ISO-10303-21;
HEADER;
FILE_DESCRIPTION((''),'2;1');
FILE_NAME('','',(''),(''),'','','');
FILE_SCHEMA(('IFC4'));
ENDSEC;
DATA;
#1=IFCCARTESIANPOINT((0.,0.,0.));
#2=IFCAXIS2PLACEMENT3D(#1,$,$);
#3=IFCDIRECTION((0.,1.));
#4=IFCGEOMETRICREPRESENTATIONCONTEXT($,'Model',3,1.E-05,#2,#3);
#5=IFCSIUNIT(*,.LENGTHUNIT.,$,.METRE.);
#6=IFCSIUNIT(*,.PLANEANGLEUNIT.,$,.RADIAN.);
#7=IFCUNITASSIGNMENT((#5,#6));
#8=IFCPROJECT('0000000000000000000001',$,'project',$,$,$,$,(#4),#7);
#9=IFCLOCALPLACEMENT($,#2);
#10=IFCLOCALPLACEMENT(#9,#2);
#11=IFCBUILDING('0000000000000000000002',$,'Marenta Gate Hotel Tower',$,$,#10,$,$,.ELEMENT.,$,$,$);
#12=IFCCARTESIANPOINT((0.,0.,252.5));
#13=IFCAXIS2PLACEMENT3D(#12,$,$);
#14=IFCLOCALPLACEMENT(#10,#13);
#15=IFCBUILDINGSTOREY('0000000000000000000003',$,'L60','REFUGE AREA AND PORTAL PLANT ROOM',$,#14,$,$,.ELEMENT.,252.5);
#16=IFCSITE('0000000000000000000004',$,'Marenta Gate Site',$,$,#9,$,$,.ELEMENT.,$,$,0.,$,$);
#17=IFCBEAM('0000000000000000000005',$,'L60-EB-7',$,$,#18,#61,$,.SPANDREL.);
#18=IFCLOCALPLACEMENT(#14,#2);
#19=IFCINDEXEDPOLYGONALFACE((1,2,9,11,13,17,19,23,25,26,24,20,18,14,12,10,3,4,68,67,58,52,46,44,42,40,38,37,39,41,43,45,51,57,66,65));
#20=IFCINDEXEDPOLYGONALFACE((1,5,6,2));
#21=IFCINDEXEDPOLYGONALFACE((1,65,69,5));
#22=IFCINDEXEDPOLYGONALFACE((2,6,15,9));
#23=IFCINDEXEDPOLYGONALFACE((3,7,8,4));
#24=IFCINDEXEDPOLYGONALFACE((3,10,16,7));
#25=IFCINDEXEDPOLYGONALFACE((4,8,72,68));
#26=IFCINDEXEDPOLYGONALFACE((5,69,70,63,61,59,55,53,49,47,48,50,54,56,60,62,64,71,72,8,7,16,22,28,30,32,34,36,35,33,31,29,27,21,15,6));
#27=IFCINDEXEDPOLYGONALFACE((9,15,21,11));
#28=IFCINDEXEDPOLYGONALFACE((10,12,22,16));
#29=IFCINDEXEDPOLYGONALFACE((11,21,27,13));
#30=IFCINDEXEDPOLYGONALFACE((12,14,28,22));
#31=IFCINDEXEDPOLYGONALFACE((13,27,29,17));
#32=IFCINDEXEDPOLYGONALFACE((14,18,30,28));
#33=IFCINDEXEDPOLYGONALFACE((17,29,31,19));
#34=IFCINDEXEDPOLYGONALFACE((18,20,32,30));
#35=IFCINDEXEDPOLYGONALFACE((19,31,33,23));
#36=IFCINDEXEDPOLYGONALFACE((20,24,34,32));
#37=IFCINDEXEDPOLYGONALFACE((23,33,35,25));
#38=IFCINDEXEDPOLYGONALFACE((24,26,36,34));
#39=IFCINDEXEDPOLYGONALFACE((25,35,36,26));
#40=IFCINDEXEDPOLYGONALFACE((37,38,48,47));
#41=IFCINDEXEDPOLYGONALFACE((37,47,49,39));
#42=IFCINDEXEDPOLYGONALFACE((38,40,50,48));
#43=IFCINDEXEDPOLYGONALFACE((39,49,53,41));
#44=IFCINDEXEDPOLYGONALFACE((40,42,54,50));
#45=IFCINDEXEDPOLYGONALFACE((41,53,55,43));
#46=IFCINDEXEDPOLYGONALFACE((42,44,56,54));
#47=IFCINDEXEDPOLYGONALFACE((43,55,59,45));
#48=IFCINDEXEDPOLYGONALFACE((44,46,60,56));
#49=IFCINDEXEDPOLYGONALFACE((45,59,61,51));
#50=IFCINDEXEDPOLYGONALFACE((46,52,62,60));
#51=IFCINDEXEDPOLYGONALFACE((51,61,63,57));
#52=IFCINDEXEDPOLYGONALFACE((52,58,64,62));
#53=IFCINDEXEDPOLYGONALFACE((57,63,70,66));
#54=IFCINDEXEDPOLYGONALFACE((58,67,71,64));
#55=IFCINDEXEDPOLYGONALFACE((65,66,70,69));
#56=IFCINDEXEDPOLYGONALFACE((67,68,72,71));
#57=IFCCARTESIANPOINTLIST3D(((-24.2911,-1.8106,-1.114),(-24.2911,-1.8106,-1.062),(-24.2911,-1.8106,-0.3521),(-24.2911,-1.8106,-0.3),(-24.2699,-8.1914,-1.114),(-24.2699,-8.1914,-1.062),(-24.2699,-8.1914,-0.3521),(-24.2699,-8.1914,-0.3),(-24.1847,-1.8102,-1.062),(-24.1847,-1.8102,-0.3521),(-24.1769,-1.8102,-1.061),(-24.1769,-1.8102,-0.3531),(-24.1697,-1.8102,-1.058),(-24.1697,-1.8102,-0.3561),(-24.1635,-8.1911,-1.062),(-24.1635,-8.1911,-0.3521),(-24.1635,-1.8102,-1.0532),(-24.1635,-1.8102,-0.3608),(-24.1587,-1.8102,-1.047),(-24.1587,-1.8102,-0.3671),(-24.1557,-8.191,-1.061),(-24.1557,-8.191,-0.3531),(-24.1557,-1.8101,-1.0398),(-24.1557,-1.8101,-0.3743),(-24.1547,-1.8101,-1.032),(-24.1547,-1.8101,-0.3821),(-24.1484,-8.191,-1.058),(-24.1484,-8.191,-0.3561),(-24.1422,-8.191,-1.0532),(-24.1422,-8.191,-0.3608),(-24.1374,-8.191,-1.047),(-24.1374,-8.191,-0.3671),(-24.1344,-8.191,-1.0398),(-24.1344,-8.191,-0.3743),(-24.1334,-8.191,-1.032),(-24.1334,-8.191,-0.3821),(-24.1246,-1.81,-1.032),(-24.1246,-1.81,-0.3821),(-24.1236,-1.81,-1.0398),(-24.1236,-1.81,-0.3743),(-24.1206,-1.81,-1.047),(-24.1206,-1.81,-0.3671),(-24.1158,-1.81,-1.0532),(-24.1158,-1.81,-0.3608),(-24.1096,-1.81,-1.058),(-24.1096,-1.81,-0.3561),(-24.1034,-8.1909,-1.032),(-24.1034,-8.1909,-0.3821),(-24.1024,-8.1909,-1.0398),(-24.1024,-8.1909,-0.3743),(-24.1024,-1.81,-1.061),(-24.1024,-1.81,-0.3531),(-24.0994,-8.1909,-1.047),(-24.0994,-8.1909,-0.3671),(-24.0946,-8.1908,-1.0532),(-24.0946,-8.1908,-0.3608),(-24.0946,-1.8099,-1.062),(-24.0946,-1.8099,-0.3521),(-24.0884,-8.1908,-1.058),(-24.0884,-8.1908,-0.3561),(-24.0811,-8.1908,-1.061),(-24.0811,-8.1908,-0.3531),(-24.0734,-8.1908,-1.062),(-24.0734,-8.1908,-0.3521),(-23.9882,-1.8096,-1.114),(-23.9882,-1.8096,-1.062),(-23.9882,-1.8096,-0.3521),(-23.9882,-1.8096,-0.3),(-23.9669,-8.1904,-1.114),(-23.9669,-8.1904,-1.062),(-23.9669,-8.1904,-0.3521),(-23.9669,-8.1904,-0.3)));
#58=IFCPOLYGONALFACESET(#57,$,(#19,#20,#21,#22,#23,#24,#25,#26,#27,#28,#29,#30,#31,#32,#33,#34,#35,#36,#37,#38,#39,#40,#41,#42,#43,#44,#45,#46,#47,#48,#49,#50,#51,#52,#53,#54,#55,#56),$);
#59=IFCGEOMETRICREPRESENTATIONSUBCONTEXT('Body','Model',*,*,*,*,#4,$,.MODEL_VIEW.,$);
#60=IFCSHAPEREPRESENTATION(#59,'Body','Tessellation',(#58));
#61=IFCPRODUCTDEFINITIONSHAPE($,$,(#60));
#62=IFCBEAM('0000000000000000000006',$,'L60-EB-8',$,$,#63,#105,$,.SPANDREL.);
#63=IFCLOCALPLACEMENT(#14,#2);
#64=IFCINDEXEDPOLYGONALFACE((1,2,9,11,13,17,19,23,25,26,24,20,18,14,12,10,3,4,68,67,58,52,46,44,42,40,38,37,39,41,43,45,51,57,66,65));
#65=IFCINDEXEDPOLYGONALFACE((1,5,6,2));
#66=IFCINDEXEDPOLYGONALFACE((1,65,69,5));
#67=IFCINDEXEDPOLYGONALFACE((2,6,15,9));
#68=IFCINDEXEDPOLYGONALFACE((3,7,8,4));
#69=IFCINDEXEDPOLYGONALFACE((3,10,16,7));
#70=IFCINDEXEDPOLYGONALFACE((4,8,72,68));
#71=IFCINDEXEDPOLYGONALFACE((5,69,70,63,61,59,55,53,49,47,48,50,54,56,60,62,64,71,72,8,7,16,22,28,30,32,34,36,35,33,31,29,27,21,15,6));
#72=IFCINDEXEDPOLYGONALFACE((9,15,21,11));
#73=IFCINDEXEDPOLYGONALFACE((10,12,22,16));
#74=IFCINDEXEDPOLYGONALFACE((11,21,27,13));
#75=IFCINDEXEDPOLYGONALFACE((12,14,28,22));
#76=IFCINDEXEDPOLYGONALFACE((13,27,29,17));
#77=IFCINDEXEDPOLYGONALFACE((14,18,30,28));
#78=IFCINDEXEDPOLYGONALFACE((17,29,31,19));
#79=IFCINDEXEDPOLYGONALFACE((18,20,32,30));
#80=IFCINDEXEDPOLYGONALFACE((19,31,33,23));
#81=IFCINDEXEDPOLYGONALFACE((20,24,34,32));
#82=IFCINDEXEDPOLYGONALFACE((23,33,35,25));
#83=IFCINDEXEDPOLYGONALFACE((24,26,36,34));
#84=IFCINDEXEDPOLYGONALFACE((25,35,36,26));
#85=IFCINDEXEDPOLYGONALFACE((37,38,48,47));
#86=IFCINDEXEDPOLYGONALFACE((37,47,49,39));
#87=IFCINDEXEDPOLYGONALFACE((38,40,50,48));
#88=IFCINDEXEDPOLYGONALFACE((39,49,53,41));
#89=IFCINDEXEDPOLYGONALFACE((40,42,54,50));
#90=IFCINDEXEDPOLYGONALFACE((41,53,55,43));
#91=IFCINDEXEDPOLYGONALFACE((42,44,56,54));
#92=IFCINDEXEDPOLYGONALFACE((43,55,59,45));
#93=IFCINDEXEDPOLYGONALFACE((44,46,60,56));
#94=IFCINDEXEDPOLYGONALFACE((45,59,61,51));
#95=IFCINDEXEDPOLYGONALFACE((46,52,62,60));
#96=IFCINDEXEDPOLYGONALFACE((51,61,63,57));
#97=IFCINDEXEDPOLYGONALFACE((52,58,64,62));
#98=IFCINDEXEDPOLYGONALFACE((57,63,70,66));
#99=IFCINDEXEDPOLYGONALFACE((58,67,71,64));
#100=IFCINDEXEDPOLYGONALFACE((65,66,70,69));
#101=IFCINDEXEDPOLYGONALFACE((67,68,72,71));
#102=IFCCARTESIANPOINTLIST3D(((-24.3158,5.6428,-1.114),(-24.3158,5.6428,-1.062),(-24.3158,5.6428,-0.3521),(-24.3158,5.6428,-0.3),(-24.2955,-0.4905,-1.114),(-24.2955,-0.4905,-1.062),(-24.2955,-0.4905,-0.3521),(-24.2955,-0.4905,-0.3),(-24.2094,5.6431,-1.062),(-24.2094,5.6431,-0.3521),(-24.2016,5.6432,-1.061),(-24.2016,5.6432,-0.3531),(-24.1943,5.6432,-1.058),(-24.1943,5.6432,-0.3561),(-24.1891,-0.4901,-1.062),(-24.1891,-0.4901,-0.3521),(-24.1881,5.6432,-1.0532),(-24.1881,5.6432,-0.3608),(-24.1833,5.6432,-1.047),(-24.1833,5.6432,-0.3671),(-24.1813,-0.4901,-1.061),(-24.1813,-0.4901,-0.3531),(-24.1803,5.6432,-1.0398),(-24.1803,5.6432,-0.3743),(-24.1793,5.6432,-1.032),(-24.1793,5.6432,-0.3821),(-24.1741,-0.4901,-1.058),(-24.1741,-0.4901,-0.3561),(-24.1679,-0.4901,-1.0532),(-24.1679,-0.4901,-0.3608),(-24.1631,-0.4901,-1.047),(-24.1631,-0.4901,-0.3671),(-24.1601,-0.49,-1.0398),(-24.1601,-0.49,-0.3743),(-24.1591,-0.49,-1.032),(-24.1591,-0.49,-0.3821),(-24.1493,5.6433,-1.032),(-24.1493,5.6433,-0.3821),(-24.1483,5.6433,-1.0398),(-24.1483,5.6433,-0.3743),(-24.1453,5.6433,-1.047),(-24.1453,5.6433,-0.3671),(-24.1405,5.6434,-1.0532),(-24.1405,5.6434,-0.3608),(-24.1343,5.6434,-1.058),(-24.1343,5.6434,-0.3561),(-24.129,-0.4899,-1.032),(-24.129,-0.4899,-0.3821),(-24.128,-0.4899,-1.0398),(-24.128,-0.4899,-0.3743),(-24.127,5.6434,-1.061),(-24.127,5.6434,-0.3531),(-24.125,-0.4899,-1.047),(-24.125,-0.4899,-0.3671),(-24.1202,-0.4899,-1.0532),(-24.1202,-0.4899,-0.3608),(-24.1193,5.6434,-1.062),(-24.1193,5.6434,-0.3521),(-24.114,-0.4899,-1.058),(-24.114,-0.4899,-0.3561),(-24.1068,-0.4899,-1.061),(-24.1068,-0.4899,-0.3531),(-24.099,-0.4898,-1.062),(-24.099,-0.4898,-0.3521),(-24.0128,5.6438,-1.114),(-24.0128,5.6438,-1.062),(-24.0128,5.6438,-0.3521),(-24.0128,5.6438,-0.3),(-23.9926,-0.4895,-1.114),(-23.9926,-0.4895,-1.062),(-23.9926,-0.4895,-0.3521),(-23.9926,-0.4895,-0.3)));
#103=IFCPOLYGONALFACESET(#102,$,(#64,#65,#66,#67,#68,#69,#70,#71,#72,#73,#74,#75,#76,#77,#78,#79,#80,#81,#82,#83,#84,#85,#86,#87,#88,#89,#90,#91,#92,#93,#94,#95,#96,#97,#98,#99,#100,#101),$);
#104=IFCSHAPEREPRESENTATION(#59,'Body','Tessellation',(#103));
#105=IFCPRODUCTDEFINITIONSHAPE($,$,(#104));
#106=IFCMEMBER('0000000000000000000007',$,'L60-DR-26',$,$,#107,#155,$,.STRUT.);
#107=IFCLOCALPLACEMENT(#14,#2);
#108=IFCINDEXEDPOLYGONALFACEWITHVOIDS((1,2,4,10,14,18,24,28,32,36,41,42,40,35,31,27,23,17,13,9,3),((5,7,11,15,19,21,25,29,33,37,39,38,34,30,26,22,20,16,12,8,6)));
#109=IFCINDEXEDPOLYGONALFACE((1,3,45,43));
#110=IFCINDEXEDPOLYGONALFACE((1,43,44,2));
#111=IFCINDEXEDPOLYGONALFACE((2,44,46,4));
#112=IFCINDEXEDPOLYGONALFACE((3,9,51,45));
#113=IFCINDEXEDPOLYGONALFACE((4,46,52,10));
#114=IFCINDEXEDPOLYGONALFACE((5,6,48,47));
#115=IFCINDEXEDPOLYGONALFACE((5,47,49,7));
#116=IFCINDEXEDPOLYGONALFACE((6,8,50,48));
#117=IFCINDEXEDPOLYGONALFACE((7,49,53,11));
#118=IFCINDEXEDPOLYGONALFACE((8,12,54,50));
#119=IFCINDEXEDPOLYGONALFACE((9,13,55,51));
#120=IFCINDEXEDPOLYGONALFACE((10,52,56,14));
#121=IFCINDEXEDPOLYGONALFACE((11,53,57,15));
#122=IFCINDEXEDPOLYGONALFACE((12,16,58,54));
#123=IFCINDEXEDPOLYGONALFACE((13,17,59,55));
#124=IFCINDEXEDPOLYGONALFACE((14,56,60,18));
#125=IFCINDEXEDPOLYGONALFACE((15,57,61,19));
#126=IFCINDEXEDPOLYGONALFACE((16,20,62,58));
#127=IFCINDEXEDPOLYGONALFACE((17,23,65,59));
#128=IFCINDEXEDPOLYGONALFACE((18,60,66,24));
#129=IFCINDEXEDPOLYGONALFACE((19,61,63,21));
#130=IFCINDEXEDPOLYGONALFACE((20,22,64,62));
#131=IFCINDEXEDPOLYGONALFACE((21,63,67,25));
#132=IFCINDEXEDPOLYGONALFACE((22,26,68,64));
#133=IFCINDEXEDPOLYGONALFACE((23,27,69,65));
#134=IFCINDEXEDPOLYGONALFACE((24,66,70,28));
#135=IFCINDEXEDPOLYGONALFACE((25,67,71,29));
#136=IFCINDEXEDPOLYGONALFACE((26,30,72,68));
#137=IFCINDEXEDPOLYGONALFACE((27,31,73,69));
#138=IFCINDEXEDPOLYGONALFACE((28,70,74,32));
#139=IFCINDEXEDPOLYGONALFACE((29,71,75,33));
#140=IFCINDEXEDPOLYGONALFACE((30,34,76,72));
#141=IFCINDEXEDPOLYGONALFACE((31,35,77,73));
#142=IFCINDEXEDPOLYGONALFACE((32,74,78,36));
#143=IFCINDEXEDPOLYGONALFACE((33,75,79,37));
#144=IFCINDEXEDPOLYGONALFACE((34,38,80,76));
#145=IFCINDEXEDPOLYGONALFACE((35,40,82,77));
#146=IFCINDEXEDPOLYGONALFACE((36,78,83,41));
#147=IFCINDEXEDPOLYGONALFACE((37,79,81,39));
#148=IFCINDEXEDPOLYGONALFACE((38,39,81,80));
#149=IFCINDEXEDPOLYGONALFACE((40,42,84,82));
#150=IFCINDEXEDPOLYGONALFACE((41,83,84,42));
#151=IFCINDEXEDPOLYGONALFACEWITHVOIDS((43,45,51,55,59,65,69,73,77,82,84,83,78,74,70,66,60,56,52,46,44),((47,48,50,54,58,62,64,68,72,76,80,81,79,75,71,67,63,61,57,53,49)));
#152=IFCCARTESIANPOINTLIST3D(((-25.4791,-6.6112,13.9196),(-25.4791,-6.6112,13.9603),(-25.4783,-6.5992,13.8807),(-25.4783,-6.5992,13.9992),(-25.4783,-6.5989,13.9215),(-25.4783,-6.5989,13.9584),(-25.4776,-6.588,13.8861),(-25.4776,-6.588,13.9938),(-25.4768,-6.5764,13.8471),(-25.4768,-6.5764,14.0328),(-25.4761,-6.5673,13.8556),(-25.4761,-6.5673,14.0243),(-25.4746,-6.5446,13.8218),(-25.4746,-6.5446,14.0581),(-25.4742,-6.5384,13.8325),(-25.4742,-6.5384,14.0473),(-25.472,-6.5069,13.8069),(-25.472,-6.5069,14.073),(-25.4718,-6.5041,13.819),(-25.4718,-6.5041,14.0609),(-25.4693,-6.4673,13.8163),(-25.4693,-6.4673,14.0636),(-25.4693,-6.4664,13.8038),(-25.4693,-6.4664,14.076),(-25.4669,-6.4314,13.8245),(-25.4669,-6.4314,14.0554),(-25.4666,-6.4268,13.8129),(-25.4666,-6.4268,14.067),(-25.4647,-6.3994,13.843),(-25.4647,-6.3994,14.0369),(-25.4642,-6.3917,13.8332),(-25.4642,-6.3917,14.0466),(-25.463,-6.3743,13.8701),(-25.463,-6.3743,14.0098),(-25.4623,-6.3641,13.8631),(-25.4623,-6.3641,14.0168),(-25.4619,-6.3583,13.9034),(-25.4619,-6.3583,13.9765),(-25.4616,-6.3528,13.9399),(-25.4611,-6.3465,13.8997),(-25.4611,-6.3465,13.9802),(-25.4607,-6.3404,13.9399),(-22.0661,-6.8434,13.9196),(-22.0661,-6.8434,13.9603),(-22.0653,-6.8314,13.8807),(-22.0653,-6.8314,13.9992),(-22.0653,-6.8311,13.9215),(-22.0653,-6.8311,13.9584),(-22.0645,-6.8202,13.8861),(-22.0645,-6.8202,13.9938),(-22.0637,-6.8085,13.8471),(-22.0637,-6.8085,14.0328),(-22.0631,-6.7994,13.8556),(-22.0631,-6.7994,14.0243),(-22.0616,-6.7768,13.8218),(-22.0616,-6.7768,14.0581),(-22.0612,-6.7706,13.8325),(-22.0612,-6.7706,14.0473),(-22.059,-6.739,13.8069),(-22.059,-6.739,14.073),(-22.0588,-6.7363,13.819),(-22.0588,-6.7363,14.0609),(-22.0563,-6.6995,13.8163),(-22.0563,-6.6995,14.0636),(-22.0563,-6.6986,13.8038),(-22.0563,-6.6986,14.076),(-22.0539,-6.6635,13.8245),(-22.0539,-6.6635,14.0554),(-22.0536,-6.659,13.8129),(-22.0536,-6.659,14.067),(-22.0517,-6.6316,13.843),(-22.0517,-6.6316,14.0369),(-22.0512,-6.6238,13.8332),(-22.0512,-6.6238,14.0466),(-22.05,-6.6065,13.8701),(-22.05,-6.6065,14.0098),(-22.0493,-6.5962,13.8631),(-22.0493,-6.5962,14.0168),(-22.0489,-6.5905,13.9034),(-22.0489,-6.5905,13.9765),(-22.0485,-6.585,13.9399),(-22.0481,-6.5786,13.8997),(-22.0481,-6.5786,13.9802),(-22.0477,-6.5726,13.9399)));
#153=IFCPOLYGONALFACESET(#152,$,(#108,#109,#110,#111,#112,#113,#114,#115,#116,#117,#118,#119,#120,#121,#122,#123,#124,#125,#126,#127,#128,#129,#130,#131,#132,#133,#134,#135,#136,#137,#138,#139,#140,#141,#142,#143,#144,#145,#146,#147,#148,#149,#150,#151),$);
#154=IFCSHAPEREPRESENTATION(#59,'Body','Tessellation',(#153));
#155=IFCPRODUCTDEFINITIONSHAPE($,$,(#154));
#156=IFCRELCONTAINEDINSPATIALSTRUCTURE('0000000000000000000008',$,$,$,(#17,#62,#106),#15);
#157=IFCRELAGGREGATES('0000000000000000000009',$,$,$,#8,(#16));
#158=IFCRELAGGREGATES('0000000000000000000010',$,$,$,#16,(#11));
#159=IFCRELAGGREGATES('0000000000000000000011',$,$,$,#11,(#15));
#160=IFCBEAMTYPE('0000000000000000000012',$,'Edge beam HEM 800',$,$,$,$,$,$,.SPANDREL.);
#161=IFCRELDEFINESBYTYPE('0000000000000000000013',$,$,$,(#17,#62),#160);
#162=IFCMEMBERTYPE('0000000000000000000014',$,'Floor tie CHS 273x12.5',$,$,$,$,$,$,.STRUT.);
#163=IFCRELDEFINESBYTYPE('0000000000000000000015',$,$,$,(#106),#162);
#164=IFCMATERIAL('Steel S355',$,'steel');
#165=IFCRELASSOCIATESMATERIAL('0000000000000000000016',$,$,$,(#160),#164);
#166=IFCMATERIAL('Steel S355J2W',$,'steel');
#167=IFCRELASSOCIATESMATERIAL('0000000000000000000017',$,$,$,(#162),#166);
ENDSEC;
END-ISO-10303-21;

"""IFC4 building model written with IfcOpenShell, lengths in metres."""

from ifc_helpers import new_model, si_unit, direction, frame, origin, origin_2d, place, context, subcontext, project, spatial, hollow_circle, i_section, extrude, material, material_profile, profile_set, type_object, element, save


model = new_model("IFC4")

# Units and contexts
model_context = context("Model", 3, precision=1e-05, world=origin(), true_north=direction((0.0, 1.0)))
body_context = subcontext(model_context, "Body", "Model", "MODEL_VIEW")
ifc_project = project(units=[si_unit("LENGTHUNIT", "METRE"), si_unit("PLANEANGLEUNIT", "RADIAN")], contexts=[model_context])

# Site, building, storey
site_placement = place(None, origin())
site = spatial("IfcSite", under=ifc_project, at=site_placement, Name="Marenta Gate Site", CompositionType="ELEMENT", RefElevation=0.0)
building_placement = place(site_placement, origin())
building = spatial("IfcBuilding", under=site, at=building_placement, Name="Marenta Gate Hotel Tower", CompositionType="ELEMENT")
storey_placement = place(building_placement, frame((0.0, 0.0, 252.5)))
storey = spatial("IfcBuildingStorey", under=building, at=storey_placement, Name="L60", Description="REFUGE AREA AND PORTAL PLANT ROOM", CompositionType="ELEMENT", Elevation=252.5)

# Beams
ifc_material_1 = material(Name="Steel S355", Category="steel")
ifc_material_profile_1 = material_profile(ifc_material_1, i_section(OverallWidth=0.303, OverallDepth=0.814, WebThickness=0.03, FlangeThickness=0.052, FilletRadius=0.03, at=origin_2d()), Name="HEM 800")
ifc_profile_set_1 = profile_set([ifc_material_profile_1], Name="Steel S355")
beam_type_1 = type_object("IfcBeamType", Name="Edge beam HEM 800", PredefinedType="SPANDREL", material=ifc_profile_set_1)
beam_1_placement = place(storey_placement, frame((-24.1184, -8.1909, -0.707), z_axis=(-0.003329, 0.999994, 0.0), x_axis=(-0.999994, -0.003329, 0.0)))
element("IfcBeam", 1, at=beam_1_placement, inside=storey, type_object=beam_type_1, Name="L60-EB-7", PredefinedType="SPANDREL", context=body_context, shape_type="SweptSolid", body=[
    extrude(i_section(OverallWidth=0.303, OverallDepth=0.814, WebThickness=0.03, FlangeThickness=0.052, FilletRadius=0.03, at=origin_2d()), origin(), (0.0, 0.0, 1.0), 6.3809),
])
beam_2_placement = place(storey_placement, frame((-24.144, -0.49, -0.707), z_axis=(-0.003304, 0.999995, 0.0), x_axis=(-0.999995, -0.003304, 0.0)))
element("IfcBeam", 2, at=beam_2_placement, inside=storey, type_object=beam_type_1, Name="L60-EB-8", PredefinedType="SPANDREL", context=body_context, shape_type="SweptSolid", body=[
    extrude(i_section(OverallWidth=0.303, OverallDepth=0.814, WebThickness=0.03, FlangeThickness=0.052, FilletRadius=0.03, at=origin_2d()), origin(), (0.0, 0.0, 1.0), 6.1333),
])

# Member
ifc_material_2 = material(Name="Steel S355J2W", Category="steel")
ifc_material_profile_2 = material_profile(ifc_material_2, hollow_circle(Radius=0.1365, WallThickness=0.0125, at=origin_2d()), Name="CHS 273x12.5")
ifc_profile_set_2 = profile_set([ifc_material_profile_2], Name="Steel S355J2W")
member_type_1 = type_object("IfcMemberType", Name="Floor tie CHS 273x12.5", PredefinedType="STRUT", material=ifc_profile_set_2)
member_1_placement = place(storey_placement, frame((-25.47, -6.4766, 13.9399), z_axis=(0.997694, -0.067869, 0.0), x_axis=(0.067869, 0.997694, 0.0)))
element("IfcMember", 3, at=member_1_placement, inside=storey, type_object=member_type_1, Name="L60-DR-26", PredefinedType="STRUT", context=body_context, shape_type="SweptSolid", body=[
    extrude(hollow_circle(Radius=0.1365, WallThickness=0.0125, at=origin_2d()), origin(), (0.0, 0.0, 1.0), 3.4209),
])

save(model, "model.ifc")
